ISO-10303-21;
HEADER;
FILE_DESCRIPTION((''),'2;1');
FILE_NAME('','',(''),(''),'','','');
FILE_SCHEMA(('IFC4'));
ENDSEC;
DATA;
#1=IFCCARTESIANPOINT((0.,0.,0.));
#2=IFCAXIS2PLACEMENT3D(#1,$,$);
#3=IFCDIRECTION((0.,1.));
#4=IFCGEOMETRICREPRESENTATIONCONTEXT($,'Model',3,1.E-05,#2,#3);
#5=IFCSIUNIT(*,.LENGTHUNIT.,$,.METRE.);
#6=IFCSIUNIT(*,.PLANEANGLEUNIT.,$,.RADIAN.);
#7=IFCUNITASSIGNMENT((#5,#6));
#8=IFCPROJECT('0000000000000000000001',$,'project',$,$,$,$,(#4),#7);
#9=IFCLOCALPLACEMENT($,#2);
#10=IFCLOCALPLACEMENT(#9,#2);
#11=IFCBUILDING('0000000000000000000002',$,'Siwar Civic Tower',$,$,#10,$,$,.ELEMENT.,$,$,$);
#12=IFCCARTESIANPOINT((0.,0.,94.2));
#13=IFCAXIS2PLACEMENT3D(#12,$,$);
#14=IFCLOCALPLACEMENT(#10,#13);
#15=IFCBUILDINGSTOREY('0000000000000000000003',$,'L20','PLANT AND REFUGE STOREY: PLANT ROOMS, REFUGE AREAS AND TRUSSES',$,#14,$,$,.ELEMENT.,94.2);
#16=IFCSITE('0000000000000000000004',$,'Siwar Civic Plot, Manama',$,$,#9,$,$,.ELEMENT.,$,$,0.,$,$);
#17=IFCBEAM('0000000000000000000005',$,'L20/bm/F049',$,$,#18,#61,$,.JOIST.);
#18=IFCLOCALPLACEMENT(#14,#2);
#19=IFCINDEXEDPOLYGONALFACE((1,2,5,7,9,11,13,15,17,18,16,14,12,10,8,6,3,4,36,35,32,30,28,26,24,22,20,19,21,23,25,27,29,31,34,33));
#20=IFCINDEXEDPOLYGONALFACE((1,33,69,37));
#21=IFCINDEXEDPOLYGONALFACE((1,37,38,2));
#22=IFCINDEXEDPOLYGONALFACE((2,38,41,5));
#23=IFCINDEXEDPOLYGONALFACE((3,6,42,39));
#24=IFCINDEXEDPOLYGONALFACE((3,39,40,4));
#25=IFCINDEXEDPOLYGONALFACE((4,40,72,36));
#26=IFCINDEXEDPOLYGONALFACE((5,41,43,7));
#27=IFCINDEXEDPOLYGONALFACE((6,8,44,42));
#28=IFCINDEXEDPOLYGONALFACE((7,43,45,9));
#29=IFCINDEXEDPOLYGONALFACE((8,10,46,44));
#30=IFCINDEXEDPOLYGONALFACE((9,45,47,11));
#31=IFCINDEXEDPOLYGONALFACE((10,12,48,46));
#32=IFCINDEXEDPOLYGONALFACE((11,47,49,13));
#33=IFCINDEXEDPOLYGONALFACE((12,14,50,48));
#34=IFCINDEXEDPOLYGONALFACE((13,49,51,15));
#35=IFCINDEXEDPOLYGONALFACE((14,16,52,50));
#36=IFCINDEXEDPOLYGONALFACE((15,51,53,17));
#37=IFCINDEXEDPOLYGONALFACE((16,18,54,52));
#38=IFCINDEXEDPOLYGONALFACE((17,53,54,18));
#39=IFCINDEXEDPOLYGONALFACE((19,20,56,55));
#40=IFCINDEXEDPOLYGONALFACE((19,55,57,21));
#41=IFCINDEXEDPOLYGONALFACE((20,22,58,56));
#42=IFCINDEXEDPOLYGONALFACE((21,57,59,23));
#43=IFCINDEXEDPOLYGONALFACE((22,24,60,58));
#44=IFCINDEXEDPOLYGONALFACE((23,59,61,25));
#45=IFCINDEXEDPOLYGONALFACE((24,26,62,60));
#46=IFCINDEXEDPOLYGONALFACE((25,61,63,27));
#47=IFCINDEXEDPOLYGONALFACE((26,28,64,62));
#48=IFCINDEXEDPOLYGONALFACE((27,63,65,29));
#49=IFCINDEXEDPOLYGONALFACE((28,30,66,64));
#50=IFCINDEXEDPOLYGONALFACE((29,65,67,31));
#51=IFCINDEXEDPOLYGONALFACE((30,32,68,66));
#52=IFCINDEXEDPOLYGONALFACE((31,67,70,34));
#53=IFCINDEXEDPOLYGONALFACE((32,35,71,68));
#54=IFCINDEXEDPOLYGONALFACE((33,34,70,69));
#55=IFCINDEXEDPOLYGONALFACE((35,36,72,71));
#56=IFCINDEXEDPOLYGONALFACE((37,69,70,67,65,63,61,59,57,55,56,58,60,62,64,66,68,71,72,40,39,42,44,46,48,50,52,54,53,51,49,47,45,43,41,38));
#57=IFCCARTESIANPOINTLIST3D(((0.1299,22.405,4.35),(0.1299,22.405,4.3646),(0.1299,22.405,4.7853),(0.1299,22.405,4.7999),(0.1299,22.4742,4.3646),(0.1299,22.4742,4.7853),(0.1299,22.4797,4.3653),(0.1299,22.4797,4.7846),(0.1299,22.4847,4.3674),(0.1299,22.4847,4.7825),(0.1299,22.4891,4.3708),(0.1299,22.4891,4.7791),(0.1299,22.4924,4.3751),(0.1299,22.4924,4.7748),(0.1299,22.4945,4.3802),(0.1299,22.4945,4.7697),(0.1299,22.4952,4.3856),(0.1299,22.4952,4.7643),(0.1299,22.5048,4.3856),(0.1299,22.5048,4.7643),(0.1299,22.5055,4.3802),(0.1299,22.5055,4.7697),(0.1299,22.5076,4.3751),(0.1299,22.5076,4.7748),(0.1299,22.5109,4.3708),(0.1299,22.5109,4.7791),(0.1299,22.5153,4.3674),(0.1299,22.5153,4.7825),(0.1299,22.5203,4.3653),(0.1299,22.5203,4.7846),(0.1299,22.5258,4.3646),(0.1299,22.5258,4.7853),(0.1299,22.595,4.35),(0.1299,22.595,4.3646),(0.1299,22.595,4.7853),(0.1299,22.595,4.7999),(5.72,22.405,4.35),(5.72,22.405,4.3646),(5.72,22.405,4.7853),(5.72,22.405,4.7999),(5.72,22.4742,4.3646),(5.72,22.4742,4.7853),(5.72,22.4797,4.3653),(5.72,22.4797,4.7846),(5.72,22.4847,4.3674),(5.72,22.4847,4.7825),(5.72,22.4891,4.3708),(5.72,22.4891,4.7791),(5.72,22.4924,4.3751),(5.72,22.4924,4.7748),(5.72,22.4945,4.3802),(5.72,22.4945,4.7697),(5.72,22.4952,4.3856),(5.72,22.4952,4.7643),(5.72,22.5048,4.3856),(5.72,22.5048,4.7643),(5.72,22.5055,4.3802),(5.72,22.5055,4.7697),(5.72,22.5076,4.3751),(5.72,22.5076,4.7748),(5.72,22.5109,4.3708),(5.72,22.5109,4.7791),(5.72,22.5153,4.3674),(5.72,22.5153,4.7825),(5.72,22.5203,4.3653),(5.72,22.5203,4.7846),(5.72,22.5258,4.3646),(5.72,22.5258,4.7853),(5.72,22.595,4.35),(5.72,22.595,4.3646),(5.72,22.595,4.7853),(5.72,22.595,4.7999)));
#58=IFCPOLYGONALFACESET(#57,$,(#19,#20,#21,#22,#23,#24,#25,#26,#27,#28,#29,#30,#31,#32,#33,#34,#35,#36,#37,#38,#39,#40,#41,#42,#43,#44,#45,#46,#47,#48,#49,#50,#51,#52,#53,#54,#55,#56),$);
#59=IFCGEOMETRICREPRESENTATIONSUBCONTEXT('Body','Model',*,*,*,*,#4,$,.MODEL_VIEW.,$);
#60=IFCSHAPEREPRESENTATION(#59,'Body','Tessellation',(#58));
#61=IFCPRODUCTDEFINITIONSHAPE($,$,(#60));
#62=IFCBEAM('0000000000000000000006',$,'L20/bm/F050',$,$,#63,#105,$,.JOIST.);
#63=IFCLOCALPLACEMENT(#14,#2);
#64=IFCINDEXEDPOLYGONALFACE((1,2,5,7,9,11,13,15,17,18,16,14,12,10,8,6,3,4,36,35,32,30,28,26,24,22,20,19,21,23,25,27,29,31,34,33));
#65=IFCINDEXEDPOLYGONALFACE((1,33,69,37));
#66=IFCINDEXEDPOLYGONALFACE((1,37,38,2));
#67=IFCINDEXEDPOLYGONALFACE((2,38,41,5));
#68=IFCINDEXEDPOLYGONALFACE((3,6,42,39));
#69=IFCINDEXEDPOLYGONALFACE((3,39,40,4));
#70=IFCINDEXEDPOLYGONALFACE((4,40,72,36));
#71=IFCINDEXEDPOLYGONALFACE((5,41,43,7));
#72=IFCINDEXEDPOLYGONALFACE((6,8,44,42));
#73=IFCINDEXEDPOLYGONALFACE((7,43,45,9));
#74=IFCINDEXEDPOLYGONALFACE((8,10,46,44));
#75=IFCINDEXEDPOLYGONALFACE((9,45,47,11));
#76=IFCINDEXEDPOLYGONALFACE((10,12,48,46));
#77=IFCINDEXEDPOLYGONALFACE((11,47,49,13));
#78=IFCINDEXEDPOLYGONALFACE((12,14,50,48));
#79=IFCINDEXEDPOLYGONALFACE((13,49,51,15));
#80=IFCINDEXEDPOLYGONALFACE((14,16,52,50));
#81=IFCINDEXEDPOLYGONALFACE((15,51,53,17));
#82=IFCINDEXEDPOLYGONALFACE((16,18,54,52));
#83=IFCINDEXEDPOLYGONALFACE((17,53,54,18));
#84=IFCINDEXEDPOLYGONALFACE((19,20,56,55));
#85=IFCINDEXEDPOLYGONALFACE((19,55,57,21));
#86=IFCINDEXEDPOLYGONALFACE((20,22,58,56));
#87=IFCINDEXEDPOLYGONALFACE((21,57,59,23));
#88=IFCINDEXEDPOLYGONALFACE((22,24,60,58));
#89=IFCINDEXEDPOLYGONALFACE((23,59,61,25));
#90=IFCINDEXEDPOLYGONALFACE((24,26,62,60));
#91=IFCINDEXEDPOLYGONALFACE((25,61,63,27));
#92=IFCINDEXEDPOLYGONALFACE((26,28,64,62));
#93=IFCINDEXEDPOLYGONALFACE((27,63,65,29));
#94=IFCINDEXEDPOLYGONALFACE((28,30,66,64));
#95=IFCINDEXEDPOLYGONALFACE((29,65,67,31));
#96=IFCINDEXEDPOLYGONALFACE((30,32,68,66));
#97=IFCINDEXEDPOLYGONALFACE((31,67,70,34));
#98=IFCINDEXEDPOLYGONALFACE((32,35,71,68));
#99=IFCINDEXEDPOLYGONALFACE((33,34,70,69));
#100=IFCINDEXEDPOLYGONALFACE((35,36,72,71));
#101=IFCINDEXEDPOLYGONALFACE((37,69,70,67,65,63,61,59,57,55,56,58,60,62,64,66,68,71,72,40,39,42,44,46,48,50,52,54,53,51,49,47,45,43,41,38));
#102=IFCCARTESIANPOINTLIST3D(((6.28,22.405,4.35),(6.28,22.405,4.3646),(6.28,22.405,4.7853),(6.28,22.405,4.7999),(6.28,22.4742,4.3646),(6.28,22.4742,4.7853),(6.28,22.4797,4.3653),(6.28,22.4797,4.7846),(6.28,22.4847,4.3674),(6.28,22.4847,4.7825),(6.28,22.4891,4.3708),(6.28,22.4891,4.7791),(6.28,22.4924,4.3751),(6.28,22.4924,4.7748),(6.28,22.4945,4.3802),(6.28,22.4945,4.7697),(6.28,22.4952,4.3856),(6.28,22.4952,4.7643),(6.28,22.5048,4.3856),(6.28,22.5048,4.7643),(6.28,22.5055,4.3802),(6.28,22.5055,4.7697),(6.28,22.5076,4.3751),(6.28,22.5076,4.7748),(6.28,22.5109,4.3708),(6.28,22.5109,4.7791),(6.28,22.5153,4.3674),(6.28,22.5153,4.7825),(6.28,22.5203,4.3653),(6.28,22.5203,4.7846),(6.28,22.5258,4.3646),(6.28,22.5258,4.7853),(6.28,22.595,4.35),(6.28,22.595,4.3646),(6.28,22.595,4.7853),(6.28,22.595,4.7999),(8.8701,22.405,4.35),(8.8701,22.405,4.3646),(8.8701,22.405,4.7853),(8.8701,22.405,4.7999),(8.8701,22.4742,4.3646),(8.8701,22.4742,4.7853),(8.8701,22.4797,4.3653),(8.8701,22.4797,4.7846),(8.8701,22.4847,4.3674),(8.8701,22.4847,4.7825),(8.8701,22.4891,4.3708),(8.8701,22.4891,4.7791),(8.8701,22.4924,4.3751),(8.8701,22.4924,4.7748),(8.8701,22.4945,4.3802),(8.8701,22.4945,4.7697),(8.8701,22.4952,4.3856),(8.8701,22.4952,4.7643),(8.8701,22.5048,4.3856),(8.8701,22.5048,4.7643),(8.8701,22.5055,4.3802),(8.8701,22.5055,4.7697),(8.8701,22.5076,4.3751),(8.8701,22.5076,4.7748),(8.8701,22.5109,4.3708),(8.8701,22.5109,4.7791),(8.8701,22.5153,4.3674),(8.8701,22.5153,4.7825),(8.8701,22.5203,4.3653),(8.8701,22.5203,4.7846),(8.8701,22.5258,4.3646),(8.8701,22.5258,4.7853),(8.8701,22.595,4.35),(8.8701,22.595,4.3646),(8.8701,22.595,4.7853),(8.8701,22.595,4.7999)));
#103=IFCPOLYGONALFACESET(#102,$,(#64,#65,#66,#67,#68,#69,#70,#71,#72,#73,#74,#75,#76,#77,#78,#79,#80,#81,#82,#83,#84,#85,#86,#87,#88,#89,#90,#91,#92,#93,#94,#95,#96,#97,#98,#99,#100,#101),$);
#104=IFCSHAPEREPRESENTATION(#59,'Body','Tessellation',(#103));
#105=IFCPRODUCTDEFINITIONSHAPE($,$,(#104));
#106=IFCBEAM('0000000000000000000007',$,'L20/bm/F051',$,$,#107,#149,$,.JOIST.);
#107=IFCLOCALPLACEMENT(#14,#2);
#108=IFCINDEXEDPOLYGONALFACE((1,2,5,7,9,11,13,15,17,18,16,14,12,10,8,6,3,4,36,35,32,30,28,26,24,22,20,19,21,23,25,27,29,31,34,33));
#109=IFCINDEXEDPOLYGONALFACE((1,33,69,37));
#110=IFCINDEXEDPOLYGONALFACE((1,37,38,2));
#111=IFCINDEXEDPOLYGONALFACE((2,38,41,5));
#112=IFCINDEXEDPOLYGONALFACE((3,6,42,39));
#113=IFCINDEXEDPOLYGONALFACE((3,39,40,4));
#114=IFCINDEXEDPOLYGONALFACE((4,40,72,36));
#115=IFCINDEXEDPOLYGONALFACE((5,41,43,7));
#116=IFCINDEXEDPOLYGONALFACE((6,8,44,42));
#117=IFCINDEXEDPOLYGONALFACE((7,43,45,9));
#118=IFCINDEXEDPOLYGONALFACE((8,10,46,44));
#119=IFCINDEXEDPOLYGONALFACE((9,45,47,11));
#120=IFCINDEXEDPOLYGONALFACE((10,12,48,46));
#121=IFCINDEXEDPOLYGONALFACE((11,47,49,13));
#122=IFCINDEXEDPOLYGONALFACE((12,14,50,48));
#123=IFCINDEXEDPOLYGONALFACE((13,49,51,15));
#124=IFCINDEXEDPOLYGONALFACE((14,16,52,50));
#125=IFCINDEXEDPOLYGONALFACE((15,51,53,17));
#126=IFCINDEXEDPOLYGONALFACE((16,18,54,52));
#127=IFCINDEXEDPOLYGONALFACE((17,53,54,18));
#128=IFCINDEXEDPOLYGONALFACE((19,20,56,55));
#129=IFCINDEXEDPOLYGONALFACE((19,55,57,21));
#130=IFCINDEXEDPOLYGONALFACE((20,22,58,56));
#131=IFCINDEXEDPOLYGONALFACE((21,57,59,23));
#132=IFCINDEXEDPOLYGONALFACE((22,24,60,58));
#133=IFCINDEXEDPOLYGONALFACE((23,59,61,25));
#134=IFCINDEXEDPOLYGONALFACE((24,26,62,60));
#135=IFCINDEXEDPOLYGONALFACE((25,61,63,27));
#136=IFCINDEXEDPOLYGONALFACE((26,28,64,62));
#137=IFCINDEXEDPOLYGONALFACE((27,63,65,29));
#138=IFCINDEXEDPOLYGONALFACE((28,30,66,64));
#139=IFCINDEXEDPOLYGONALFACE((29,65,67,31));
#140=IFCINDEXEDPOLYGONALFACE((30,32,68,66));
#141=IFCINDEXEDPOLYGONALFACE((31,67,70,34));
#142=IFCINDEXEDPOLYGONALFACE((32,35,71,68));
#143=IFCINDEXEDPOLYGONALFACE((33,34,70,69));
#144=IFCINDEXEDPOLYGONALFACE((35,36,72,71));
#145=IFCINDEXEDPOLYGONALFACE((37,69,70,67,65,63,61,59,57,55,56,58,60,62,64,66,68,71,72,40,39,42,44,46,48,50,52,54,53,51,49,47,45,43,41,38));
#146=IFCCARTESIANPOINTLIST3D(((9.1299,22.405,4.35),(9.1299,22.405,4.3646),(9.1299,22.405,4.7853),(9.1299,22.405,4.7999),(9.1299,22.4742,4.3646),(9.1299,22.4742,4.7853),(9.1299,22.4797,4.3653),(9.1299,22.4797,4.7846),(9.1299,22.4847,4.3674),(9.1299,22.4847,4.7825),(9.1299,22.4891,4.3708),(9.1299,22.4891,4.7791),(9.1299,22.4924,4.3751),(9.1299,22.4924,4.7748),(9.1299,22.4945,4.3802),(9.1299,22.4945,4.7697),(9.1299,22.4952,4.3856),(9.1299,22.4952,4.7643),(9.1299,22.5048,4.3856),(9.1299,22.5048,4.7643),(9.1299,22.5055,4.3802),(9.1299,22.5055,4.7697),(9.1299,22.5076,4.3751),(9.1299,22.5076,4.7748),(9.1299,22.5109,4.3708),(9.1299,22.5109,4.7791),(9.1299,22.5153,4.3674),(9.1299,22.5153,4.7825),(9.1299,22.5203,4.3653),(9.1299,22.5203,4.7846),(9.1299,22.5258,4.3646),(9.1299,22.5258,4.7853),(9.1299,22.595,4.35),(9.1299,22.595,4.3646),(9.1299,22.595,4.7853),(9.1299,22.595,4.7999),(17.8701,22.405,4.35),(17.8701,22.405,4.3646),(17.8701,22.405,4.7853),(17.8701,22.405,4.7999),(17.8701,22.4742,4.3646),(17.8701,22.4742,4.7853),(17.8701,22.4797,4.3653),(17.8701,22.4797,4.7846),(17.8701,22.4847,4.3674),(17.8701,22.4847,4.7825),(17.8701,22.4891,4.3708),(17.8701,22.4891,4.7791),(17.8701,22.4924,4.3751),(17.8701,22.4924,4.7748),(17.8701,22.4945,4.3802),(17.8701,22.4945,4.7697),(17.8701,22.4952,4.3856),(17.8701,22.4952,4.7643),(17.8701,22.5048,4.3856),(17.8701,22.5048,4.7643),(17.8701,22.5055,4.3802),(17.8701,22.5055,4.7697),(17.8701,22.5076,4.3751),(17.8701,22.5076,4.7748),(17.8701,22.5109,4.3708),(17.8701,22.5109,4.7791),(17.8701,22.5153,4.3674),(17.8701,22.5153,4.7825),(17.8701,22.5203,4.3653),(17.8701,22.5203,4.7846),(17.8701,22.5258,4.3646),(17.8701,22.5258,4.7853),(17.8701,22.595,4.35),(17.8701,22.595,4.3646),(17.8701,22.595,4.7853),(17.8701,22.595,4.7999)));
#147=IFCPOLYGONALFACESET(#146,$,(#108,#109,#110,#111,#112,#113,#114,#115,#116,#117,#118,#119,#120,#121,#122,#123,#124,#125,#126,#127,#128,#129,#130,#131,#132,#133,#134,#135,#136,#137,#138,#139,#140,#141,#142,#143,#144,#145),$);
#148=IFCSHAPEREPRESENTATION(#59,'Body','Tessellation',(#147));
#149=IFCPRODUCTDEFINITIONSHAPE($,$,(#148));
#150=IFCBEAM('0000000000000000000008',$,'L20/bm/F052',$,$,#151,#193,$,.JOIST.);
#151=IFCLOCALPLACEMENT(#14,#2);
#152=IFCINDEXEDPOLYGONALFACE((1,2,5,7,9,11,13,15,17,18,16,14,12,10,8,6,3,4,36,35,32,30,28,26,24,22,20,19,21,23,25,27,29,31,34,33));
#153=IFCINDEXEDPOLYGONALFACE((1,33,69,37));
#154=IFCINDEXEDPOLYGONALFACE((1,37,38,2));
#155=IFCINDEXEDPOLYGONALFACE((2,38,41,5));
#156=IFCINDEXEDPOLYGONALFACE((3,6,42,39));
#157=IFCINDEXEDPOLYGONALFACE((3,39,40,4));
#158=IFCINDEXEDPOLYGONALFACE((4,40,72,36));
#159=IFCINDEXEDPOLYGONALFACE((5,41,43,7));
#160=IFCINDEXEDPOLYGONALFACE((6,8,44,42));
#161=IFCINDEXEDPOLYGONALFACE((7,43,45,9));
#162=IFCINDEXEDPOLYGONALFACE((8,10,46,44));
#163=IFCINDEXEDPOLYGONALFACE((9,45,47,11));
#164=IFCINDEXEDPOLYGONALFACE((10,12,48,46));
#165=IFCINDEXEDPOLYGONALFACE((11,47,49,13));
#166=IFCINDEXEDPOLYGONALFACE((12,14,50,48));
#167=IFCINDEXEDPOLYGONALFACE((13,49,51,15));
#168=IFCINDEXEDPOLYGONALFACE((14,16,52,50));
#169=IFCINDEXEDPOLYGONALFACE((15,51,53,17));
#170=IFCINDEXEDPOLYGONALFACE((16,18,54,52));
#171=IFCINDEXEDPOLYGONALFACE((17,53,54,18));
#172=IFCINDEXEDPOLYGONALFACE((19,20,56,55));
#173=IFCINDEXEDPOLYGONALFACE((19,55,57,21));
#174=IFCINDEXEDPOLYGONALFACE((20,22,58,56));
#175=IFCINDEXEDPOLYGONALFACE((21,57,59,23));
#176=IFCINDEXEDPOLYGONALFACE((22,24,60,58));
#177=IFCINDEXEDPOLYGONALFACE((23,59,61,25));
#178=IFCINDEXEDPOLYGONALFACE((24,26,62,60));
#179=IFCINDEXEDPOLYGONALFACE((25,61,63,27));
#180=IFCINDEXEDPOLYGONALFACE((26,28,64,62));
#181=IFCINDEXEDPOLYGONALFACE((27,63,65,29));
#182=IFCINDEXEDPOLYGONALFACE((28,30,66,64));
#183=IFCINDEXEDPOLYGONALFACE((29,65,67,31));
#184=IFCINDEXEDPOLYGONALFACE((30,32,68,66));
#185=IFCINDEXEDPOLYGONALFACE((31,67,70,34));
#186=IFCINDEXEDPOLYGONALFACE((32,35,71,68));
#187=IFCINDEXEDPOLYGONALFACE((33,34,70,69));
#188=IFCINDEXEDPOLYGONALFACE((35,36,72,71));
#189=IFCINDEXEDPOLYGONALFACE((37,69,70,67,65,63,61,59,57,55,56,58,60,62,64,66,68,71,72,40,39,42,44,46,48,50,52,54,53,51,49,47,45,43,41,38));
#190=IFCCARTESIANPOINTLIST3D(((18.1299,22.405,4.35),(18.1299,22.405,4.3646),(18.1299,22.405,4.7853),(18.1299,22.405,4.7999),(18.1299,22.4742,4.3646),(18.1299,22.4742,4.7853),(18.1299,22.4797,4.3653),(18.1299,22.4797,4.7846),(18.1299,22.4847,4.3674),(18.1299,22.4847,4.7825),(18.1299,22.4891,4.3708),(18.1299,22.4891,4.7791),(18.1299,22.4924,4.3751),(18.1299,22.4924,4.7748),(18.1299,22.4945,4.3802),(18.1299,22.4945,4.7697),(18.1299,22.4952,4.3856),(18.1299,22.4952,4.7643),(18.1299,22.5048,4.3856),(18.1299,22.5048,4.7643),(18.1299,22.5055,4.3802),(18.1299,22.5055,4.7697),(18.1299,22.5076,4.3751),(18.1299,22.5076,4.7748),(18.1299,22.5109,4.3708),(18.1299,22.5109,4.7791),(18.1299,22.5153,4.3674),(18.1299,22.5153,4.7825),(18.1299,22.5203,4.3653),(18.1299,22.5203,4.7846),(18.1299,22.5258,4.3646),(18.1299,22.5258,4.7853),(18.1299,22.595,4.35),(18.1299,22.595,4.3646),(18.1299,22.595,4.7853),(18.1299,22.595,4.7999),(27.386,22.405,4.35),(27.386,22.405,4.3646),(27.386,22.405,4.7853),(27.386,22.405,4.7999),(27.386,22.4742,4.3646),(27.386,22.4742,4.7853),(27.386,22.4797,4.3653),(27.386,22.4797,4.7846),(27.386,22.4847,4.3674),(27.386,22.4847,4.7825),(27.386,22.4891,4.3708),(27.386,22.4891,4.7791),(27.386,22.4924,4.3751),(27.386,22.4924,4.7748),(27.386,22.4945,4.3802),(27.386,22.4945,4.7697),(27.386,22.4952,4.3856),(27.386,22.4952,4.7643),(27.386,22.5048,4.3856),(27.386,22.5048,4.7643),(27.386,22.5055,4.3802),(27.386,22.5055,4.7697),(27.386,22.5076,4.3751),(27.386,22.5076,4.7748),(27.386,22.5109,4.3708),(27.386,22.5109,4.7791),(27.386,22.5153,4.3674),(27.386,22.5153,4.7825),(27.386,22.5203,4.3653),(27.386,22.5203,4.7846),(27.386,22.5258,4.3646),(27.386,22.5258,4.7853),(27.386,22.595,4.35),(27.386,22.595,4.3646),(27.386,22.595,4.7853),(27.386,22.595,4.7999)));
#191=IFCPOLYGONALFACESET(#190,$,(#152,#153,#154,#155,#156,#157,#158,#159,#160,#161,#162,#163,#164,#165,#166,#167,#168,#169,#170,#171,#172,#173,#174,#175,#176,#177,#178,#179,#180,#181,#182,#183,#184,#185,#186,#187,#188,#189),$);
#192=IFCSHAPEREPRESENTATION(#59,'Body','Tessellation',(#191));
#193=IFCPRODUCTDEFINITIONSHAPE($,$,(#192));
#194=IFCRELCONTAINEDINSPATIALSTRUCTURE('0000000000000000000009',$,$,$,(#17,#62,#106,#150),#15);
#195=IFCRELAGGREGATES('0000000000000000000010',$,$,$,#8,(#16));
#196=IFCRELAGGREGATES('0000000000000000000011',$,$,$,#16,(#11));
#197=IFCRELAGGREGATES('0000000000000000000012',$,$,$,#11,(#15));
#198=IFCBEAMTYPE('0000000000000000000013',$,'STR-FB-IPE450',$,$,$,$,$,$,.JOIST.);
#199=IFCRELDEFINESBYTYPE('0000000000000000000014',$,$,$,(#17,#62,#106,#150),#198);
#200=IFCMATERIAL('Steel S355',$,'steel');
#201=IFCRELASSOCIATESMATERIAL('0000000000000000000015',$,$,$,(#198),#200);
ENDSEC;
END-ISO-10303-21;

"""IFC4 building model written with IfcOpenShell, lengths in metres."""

from ifc_helpers import new_model, si_unit, direction, frame, origin, origin_2d, place, context, subcontext, project, spatial, i_section, extrude, material, material_profile, profile_set, type_object, element, save


model = new_model("IFC4")

# Units and contexts
model_context = context("Model", 3, precision=1e-05, world=origin(), true_north=direction((0.0, 1.0)))
body_context = subcontext(model_context, "Body", "Model", "MODEL_VIEW")
ifc_project = project(units=[si_unit("LENGTHUNIT", "METRE"), si_unit("PLANEANGLEUNIT", "RADIAN")], contexts=[model_context])

# Site, building, storey
site_placement = place(None, origin())
site = spatial("IfcSite", under=ifc_project, at=site_placement, Name="Siwar Civic Plot, Manama", CompositionType="ELEMENT", RefElevation=0.0)
building_placement = place(site_placement, origin())
building = spatial("IfcBuilding", under=site, at=building_placement, Name="Siwar Civic Tower", CompositionType="ELEMENT")
storey_placement = place(building_placement, frame((0.0, 0.0, 94.2)))
storey = spatial("IfcBuildingStorey", under=building, at=storey_placement, Name="L20", Description="PLANT AND REFUGE STOREY: PLANT ROOMS, REFUGE AREAS AND TRUSSES", CompositionType="ELEMENT", Elevation=94.2)

# Beams
ifc_material_1 = material(Name="Steel S355", Category="steel")
ifc_material_profile_1 = material_profile(ifc_material_1, i_section(OverallWidth=0.1899, OverallDepth=0.45, WebThickness=0.0095, FlangeThickness=0.0146, FilletRadius=0.021, at=origin_2d()), Name="IPE450")
ifc_profile_set_1 = profile_set([ifc_material_profile_1], Name="Steel S355")
beam_type_1 = type_object("IfcBeamType", Name="STR-FB-IPE450", PredefinedType="JOIST", material=ifc_profile_set_1)
beam_1_placement = place(storey_placement, frame((0.1299, 22.5, 4.575), z_axis=(1.0, 0.0, 0.0), x_axis=(0.0, 1.0, 0.0)))
element("IfcBeam", 1, at=beam_1_placement, inside=storey, type_object=beam_type_1, Name="L20/bm/F049", PredefinedType="JOIST", context=body_context, shape_type="SweptSolid", body=[
    extrude(i_section(OverallWidth=0.1899, OverallDepth=0.45, WebThickness=0.0095, FlangeThickness=0.0146, FilletRadius=0.021, at=origin_2d()), origin(), (0.0, 0.0, 1.0), 5.5901),
])
beam_2_placement = place(storey_placement, frame((6.28, 22.5, 4.575), z_axis=(1.0, 0.0, 0.0), x_axis=(0.0, 1.0, 0.0)))
element("IfcBeam", 2, at=beam_2_placement, inside=storey, type_object=beam_type_1, Name="L20/bm/F050", PredefinedType="JOIST", context=body_context, shape_type="SweptSolid", body=[
    extrude(i_section(OverallWidth=0.1899, OverallDepth=0.45, WebThickness=0.0095, FlangeThickness=0.0146, FilletRadius=0.021, at=origin_2d()), origin(), (0.0, 0.0, 1.0), 2.5901),
])
beam_3_placement = place(storey_placement, frame((9.1299, 22.5, 4.575), z_axis=(1.0, 0.0, 0.0), x_axis=(0.0, 1.0, 0.0)))
element("IfcBeam", 3, at=beam_3_placement, inside=storey, type_object=beam_type_1, Name="L20/bm/F051", PredefinedType="JOIST", context=body_context, shape_type="SweptSolid", body=[
    extrude(i_section(OverallWidth=0.1899, OverallDepth=0.45, WebThickness=0.0095, FlangeThickness=0.0146, FilletRadius=0.021, at=origin_2d()), origin(), (0.0, 0.0, 1.0), 8.7402),
])
beam_4_placement = place(storey_placement, frame((18.1299, 22.5, 4.575), z_axis=(1.0, 0.0, 0.0), x_axis=(0.0, 1.0, 0.0)))
element("IfcBeam", 4, at=beam_4_placement, inside=storey, type_object=beam_type_1, Name="L20/bm/F052", PredefinedType="JOIST", context=body_context, shape_type="SweptSolid", body=[
    extrude(i_section(OverallWidth=0.1899, OverallDepth=0.45, WebThickness=0.0095, FlangeThickness=0.0146, FilletRadius=0.021, at=origin_2d()), origin(), (0.0, 0.0, 1.0), 9.2561),
])

save(model, "model.ifc")
